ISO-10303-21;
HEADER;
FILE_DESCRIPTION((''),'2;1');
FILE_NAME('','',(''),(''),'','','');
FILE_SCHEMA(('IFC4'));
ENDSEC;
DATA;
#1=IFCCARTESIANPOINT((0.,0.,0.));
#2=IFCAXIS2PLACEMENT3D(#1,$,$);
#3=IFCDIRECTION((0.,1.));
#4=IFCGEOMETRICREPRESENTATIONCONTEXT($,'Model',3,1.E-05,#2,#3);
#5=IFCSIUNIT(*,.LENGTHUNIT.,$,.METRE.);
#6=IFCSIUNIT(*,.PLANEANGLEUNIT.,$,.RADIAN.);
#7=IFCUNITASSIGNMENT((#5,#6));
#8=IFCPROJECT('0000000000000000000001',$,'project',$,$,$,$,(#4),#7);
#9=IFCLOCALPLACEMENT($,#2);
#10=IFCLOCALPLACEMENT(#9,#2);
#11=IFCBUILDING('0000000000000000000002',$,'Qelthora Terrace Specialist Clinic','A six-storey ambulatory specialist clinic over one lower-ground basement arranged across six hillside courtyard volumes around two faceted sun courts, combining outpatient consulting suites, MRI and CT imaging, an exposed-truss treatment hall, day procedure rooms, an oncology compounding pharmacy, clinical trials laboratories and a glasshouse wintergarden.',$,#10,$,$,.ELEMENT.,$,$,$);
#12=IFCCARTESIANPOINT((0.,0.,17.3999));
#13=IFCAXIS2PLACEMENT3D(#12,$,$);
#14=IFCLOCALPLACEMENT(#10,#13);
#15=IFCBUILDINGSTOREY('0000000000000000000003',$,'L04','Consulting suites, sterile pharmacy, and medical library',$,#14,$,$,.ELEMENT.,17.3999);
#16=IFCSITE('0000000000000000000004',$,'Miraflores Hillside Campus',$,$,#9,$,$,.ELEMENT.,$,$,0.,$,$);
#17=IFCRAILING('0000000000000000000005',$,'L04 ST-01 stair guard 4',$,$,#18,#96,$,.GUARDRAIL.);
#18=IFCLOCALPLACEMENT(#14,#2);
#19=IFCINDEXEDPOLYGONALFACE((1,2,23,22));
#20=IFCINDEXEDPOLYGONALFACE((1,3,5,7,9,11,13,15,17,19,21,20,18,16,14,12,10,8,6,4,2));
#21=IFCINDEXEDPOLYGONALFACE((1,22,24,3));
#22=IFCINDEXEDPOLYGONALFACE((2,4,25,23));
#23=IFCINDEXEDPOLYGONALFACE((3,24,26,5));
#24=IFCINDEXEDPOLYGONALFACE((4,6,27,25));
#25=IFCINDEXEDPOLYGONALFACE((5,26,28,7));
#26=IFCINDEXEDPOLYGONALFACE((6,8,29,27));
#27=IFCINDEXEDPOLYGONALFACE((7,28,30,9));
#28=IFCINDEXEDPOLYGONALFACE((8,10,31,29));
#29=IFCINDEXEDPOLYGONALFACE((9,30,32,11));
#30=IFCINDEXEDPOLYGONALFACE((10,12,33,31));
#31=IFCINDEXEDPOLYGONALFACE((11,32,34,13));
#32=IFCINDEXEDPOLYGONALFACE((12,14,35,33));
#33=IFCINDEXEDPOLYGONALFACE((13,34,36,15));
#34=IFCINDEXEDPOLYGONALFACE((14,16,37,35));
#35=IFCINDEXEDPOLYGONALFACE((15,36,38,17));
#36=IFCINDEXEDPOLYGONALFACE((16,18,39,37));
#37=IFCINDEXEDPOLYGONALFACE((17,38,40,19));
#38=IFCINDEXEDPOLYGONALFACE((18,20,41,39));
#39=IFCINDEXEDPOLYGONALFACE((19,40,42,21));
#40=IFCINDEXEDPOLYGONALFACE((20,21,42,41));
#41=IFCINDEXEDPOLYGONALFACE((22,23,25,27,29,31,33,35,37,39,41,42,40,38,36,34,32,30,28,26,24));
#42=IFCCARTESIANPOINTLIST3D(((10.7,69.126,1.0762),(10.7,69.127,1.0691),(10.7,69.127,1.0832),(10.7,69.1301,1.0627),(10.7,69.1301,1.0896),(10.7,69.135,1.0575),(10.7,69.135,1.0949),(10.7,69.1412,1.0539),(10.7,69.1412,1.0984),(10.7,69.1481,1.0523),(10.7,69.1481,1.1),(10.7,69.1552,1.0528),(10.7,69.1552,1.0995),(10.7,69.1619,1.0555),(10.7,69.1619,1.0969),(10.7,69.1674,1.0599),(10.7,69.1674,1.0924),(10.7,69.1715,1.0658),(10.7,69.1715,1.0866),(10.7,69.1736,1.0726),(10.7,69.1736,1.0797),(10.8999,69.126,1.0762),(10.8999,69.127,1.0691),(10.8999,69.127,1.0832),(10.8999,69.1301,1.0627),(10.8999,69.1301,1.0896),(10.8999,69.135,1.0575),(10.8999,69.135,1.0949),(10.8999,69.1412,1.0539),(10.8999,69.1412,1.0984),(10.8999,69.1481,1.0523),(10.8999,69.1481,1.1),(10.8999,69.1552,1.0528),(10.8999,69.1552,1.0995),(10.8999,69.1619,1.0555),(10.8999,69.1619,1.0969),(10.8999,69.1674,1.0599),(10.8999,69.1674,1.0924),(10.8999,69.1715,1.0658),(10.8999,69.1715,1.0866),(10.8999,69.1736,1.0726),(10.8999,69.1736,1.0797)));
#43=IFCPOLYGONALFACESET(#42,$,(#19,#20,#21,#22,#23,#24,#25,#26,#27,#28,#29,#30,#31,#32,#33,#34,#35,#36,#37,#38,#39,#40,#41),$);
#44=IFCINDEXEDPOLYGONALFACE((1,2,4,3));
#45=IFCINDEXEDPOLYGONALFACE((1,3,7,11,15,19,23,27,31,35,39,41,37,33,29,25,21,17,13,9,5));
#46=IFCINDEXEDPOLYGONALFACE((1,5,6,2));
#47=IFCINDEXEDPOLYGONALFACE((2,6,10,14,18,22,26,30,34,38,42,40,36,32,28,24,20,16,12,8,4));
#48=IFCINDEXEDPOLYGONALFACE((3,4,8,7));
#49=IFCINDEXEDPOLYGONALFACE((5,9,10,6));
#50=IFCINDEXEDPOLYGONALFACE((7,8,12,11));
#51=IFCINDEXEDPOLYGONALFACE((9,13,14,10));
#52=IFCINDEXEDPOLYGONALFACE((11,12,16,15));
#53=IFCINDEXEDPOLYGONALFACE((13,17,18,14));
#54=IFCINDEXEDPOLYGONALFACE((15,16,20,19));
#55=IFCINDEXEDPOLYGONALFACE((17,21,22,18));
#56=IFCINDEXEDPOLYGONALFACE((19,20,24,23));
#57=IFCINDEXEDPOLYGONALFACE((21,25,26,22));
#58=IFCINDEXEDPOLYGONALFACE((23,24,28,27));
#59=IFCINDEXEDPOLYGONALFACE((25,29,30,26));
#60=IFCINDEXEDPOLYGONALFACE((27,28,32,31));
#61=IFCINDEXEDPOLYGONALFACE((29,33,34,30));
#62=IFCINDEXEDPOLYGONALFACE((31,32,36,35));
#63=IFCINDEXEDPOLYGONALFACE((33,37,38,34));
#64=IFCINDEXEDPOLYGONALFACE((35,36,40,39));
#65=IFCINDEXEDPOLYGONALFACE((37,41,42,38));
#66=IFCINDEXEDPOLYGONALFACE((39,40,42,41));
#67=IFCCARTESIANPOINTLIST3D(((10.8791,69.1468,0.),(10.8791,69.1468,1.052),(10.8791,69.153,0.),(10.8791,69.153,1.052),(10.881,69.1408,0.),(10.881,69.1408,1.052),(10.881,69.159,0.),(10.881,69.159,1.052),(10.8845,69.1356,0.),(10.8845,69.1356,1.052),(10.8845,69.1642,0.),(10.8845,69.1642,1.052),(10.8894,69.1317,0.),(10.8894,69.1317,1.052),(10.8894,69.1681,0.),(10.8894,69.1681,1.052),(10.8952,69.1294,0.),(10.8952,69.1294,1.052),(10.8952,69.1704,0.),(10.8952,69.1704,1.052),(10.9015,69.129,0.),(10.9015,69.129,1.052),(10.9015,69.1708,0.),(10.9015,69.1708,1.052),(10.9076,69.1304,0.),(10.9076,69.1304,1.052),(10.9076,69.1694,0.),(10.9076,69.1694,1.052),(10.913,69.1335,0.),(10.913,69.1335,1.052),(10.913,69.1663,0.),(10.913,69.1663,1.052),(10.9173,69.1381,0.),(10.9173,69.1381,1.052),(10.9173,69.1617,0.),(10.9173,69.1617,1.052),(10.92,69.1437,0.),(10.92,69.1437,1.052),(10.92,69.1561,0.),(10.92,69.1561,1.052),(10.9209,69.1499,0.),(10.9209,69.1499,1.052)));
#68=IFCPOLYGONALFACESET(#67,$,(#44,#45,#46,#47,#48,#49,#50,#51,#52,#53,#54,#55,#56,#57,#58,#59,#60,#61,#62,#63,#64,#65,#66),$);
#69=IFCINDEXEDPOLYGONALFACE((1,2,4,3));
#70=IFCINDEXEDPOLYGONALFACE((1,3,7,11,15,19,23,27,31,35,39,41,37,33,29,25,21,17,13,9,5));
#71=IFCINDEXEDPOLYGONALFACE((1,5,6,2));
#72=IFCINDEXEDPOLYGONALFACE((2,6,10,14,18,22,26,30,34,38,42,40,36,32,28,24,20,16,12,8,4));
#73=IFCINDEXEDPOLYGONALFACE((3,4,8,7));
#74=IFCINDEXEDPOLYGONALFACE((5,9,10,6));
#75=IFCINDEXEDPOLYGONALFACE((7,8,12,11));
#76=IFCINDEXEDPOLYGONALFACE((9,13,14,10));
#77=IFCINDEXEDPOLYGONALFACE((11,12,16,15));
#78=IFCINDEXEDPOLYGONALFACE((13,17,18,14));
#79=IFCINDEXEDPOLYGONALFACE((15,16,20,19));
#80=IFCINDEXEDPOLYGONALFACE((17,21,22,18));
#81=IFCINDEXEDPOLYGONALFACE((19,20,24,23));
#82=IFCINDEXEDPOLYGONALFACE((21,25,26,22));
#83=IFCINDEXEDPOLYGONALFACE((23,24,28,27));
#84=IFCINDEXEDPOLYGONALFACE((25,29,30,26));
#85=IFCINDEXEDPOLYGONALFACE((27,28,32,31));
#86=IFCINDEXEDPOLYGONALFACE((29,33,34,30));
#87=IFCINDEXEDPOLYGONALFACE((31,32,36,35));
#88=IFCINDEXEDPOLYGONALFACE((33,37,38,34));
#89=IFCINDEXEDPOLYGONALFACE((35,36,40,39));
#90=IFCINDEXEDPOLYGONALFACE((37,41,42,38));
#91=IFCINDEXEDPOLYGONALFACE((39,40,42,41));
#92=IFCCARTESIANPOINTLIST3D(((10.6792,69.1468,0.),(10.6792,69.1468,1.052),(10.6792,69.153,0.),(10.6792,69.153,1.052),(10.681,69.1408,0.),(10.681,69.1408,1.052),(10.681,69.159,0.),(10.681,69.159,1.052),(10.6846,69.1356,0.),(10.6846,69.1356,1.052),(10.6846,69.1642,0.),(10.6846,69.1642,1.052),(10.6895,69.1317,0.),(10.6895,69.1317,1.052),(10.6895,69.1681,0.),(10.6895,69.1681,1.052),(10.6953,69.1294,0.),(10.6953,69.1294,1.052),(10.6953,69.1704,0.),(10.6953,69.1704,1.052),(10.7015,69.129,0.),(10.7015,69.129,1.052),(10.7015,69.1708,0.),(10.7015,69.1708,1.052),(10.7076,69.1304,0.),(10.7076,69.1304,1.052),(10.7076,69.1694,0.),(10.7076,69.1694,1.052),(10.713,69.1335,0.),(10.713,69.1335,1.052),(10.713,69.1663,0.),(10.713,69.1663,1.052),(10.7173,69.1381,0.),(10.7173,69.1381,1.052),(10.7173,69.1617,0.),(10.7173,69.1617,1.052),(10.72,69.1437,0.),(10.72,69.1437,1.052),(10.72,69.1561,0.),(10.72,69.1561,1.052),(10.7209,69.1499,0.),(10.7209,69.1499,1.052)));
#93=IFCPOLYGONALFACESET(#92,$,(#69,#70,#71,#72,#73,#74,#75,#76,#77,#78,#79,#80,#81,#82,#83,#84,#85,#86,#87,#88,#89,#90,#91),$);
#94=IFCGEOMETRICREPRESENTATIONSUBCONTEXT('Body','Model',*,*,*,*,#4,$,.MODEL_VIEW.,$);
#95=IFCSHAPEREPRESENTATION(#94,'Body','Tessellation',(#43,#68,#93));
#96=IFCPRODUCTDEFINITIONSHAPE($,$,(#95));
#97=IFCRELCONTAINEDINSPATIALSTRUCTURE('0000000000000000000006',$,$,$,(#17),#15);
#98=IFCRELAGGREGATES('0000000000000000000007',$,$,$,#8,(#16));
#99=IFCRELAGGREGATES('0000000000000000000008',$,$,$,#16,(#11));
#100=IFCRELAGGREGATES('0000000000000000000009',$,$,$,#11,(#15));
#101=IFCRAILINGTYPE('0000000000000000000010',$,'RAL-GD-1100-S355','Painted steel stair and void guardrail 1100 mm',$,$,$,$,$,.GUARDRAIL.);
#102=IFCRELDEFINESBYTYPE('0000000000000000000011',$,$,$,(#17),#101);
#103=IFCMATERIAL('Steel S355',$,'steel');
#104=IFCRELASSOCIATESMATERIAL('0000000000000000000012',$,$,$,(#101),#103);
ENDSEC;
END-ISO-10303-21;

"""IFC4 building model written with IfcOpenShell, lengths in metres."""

from ifc_helpers import new_model, si_unit, direction, frame, origin, origin_2d, place, context, subcontext, project, spatial, circle, extrude, material, type_object, element, save


model = new_model("IFC4")

# Units and contexts
model_context = context("Model", 3, precision=1e-05, world=origin(), true_north=direction((0.0, 1.0)))
body_context = subcontext(model_context, "Body", "Model", "MODEL_VIEW")
ifc_project = project(units=[si_unit("LENGTHUNIT", "METRE"), si_unit("PLANEANGLEUNIT", "RADIAN")], contexts=[model_context])

# Site, building, storey
site_placement = place(None, origin())
site = spatial("IfcSite", under=ifc_project, at=site_placement, Name="Miraflores Hillside Campus", CompositionType="ELEMENT", RefElevation=0.0)
building_placement = place(site_placement, origin())
building = spatial("IfcBuilding", under=site, at=building_placement, Name="Qelthora Terrace Specialist Clinic", Description="A six-storey ambulatory specialist clinic over one lower-ground basement arranged across six hillside courtyard volumes around two faceted sun courts, combining outpatient consulting suites, MRI and CT imaging, an exposed-truss treatment hall, day procedure rooms, an oncology compounding pharmacy, clinical trials laboratories and a glasshouse wintergarden.", CompositionType="ELEMENT")
storey_placement = place(building_placement, frame((0.0, 0.0, 17.3999)))
storey = spatial("IfcBuildingStorey", under=building, at=storey_placement, Name="L04", Description="Consulting suites, sterile pharmacy, and medical library", CompositionType="ELEMENT", Elevation=17.3999)

# Shared definitions
ifc_material_1 = material(Name="Steel S355", Category="steel")

# Railing
railing_type_1 = type_object("IfcRailingType", Name="RAL-GD-1100-S355", Description="Painted steel stair and void guardrail 1100 mm", PredefinedType="GUARDRAIL", material=ifc_material_1)
railing_1_placement = place(storey_placement, frame((10.8999, 69.1499, 0.0)))
element("IfcRailing", 1, at=railing_1_placement, inside=storey, type_object=railing_type_1, Name="L04 ST-01 stair guard 4", PredefinedType="GUARDRAIL", context=body_context, shape_type="SweptSolid", body=[
    extrude(circle(Radius=0.0239, at=origin_2d()), frame((0.0, 0.0, 1.0762), z_axis=(-1.0, 0.0, 0.0), x_axis=(0.0, -1.0, 0.0)), (0.0, 0.0, 1.0), 0.2),
    extrude(circle(Radius=0.021, at=origin_2d()), origin(), (0.0, 0.0, 1.0), 1.052),
    extrude(circle(Radius=0.021, at=origin_2d()), frame((-0.2, 0.0, 0.0)), (0.0, 0.0, 1.0), 1.052),
])

save(model, "model.ifc")
